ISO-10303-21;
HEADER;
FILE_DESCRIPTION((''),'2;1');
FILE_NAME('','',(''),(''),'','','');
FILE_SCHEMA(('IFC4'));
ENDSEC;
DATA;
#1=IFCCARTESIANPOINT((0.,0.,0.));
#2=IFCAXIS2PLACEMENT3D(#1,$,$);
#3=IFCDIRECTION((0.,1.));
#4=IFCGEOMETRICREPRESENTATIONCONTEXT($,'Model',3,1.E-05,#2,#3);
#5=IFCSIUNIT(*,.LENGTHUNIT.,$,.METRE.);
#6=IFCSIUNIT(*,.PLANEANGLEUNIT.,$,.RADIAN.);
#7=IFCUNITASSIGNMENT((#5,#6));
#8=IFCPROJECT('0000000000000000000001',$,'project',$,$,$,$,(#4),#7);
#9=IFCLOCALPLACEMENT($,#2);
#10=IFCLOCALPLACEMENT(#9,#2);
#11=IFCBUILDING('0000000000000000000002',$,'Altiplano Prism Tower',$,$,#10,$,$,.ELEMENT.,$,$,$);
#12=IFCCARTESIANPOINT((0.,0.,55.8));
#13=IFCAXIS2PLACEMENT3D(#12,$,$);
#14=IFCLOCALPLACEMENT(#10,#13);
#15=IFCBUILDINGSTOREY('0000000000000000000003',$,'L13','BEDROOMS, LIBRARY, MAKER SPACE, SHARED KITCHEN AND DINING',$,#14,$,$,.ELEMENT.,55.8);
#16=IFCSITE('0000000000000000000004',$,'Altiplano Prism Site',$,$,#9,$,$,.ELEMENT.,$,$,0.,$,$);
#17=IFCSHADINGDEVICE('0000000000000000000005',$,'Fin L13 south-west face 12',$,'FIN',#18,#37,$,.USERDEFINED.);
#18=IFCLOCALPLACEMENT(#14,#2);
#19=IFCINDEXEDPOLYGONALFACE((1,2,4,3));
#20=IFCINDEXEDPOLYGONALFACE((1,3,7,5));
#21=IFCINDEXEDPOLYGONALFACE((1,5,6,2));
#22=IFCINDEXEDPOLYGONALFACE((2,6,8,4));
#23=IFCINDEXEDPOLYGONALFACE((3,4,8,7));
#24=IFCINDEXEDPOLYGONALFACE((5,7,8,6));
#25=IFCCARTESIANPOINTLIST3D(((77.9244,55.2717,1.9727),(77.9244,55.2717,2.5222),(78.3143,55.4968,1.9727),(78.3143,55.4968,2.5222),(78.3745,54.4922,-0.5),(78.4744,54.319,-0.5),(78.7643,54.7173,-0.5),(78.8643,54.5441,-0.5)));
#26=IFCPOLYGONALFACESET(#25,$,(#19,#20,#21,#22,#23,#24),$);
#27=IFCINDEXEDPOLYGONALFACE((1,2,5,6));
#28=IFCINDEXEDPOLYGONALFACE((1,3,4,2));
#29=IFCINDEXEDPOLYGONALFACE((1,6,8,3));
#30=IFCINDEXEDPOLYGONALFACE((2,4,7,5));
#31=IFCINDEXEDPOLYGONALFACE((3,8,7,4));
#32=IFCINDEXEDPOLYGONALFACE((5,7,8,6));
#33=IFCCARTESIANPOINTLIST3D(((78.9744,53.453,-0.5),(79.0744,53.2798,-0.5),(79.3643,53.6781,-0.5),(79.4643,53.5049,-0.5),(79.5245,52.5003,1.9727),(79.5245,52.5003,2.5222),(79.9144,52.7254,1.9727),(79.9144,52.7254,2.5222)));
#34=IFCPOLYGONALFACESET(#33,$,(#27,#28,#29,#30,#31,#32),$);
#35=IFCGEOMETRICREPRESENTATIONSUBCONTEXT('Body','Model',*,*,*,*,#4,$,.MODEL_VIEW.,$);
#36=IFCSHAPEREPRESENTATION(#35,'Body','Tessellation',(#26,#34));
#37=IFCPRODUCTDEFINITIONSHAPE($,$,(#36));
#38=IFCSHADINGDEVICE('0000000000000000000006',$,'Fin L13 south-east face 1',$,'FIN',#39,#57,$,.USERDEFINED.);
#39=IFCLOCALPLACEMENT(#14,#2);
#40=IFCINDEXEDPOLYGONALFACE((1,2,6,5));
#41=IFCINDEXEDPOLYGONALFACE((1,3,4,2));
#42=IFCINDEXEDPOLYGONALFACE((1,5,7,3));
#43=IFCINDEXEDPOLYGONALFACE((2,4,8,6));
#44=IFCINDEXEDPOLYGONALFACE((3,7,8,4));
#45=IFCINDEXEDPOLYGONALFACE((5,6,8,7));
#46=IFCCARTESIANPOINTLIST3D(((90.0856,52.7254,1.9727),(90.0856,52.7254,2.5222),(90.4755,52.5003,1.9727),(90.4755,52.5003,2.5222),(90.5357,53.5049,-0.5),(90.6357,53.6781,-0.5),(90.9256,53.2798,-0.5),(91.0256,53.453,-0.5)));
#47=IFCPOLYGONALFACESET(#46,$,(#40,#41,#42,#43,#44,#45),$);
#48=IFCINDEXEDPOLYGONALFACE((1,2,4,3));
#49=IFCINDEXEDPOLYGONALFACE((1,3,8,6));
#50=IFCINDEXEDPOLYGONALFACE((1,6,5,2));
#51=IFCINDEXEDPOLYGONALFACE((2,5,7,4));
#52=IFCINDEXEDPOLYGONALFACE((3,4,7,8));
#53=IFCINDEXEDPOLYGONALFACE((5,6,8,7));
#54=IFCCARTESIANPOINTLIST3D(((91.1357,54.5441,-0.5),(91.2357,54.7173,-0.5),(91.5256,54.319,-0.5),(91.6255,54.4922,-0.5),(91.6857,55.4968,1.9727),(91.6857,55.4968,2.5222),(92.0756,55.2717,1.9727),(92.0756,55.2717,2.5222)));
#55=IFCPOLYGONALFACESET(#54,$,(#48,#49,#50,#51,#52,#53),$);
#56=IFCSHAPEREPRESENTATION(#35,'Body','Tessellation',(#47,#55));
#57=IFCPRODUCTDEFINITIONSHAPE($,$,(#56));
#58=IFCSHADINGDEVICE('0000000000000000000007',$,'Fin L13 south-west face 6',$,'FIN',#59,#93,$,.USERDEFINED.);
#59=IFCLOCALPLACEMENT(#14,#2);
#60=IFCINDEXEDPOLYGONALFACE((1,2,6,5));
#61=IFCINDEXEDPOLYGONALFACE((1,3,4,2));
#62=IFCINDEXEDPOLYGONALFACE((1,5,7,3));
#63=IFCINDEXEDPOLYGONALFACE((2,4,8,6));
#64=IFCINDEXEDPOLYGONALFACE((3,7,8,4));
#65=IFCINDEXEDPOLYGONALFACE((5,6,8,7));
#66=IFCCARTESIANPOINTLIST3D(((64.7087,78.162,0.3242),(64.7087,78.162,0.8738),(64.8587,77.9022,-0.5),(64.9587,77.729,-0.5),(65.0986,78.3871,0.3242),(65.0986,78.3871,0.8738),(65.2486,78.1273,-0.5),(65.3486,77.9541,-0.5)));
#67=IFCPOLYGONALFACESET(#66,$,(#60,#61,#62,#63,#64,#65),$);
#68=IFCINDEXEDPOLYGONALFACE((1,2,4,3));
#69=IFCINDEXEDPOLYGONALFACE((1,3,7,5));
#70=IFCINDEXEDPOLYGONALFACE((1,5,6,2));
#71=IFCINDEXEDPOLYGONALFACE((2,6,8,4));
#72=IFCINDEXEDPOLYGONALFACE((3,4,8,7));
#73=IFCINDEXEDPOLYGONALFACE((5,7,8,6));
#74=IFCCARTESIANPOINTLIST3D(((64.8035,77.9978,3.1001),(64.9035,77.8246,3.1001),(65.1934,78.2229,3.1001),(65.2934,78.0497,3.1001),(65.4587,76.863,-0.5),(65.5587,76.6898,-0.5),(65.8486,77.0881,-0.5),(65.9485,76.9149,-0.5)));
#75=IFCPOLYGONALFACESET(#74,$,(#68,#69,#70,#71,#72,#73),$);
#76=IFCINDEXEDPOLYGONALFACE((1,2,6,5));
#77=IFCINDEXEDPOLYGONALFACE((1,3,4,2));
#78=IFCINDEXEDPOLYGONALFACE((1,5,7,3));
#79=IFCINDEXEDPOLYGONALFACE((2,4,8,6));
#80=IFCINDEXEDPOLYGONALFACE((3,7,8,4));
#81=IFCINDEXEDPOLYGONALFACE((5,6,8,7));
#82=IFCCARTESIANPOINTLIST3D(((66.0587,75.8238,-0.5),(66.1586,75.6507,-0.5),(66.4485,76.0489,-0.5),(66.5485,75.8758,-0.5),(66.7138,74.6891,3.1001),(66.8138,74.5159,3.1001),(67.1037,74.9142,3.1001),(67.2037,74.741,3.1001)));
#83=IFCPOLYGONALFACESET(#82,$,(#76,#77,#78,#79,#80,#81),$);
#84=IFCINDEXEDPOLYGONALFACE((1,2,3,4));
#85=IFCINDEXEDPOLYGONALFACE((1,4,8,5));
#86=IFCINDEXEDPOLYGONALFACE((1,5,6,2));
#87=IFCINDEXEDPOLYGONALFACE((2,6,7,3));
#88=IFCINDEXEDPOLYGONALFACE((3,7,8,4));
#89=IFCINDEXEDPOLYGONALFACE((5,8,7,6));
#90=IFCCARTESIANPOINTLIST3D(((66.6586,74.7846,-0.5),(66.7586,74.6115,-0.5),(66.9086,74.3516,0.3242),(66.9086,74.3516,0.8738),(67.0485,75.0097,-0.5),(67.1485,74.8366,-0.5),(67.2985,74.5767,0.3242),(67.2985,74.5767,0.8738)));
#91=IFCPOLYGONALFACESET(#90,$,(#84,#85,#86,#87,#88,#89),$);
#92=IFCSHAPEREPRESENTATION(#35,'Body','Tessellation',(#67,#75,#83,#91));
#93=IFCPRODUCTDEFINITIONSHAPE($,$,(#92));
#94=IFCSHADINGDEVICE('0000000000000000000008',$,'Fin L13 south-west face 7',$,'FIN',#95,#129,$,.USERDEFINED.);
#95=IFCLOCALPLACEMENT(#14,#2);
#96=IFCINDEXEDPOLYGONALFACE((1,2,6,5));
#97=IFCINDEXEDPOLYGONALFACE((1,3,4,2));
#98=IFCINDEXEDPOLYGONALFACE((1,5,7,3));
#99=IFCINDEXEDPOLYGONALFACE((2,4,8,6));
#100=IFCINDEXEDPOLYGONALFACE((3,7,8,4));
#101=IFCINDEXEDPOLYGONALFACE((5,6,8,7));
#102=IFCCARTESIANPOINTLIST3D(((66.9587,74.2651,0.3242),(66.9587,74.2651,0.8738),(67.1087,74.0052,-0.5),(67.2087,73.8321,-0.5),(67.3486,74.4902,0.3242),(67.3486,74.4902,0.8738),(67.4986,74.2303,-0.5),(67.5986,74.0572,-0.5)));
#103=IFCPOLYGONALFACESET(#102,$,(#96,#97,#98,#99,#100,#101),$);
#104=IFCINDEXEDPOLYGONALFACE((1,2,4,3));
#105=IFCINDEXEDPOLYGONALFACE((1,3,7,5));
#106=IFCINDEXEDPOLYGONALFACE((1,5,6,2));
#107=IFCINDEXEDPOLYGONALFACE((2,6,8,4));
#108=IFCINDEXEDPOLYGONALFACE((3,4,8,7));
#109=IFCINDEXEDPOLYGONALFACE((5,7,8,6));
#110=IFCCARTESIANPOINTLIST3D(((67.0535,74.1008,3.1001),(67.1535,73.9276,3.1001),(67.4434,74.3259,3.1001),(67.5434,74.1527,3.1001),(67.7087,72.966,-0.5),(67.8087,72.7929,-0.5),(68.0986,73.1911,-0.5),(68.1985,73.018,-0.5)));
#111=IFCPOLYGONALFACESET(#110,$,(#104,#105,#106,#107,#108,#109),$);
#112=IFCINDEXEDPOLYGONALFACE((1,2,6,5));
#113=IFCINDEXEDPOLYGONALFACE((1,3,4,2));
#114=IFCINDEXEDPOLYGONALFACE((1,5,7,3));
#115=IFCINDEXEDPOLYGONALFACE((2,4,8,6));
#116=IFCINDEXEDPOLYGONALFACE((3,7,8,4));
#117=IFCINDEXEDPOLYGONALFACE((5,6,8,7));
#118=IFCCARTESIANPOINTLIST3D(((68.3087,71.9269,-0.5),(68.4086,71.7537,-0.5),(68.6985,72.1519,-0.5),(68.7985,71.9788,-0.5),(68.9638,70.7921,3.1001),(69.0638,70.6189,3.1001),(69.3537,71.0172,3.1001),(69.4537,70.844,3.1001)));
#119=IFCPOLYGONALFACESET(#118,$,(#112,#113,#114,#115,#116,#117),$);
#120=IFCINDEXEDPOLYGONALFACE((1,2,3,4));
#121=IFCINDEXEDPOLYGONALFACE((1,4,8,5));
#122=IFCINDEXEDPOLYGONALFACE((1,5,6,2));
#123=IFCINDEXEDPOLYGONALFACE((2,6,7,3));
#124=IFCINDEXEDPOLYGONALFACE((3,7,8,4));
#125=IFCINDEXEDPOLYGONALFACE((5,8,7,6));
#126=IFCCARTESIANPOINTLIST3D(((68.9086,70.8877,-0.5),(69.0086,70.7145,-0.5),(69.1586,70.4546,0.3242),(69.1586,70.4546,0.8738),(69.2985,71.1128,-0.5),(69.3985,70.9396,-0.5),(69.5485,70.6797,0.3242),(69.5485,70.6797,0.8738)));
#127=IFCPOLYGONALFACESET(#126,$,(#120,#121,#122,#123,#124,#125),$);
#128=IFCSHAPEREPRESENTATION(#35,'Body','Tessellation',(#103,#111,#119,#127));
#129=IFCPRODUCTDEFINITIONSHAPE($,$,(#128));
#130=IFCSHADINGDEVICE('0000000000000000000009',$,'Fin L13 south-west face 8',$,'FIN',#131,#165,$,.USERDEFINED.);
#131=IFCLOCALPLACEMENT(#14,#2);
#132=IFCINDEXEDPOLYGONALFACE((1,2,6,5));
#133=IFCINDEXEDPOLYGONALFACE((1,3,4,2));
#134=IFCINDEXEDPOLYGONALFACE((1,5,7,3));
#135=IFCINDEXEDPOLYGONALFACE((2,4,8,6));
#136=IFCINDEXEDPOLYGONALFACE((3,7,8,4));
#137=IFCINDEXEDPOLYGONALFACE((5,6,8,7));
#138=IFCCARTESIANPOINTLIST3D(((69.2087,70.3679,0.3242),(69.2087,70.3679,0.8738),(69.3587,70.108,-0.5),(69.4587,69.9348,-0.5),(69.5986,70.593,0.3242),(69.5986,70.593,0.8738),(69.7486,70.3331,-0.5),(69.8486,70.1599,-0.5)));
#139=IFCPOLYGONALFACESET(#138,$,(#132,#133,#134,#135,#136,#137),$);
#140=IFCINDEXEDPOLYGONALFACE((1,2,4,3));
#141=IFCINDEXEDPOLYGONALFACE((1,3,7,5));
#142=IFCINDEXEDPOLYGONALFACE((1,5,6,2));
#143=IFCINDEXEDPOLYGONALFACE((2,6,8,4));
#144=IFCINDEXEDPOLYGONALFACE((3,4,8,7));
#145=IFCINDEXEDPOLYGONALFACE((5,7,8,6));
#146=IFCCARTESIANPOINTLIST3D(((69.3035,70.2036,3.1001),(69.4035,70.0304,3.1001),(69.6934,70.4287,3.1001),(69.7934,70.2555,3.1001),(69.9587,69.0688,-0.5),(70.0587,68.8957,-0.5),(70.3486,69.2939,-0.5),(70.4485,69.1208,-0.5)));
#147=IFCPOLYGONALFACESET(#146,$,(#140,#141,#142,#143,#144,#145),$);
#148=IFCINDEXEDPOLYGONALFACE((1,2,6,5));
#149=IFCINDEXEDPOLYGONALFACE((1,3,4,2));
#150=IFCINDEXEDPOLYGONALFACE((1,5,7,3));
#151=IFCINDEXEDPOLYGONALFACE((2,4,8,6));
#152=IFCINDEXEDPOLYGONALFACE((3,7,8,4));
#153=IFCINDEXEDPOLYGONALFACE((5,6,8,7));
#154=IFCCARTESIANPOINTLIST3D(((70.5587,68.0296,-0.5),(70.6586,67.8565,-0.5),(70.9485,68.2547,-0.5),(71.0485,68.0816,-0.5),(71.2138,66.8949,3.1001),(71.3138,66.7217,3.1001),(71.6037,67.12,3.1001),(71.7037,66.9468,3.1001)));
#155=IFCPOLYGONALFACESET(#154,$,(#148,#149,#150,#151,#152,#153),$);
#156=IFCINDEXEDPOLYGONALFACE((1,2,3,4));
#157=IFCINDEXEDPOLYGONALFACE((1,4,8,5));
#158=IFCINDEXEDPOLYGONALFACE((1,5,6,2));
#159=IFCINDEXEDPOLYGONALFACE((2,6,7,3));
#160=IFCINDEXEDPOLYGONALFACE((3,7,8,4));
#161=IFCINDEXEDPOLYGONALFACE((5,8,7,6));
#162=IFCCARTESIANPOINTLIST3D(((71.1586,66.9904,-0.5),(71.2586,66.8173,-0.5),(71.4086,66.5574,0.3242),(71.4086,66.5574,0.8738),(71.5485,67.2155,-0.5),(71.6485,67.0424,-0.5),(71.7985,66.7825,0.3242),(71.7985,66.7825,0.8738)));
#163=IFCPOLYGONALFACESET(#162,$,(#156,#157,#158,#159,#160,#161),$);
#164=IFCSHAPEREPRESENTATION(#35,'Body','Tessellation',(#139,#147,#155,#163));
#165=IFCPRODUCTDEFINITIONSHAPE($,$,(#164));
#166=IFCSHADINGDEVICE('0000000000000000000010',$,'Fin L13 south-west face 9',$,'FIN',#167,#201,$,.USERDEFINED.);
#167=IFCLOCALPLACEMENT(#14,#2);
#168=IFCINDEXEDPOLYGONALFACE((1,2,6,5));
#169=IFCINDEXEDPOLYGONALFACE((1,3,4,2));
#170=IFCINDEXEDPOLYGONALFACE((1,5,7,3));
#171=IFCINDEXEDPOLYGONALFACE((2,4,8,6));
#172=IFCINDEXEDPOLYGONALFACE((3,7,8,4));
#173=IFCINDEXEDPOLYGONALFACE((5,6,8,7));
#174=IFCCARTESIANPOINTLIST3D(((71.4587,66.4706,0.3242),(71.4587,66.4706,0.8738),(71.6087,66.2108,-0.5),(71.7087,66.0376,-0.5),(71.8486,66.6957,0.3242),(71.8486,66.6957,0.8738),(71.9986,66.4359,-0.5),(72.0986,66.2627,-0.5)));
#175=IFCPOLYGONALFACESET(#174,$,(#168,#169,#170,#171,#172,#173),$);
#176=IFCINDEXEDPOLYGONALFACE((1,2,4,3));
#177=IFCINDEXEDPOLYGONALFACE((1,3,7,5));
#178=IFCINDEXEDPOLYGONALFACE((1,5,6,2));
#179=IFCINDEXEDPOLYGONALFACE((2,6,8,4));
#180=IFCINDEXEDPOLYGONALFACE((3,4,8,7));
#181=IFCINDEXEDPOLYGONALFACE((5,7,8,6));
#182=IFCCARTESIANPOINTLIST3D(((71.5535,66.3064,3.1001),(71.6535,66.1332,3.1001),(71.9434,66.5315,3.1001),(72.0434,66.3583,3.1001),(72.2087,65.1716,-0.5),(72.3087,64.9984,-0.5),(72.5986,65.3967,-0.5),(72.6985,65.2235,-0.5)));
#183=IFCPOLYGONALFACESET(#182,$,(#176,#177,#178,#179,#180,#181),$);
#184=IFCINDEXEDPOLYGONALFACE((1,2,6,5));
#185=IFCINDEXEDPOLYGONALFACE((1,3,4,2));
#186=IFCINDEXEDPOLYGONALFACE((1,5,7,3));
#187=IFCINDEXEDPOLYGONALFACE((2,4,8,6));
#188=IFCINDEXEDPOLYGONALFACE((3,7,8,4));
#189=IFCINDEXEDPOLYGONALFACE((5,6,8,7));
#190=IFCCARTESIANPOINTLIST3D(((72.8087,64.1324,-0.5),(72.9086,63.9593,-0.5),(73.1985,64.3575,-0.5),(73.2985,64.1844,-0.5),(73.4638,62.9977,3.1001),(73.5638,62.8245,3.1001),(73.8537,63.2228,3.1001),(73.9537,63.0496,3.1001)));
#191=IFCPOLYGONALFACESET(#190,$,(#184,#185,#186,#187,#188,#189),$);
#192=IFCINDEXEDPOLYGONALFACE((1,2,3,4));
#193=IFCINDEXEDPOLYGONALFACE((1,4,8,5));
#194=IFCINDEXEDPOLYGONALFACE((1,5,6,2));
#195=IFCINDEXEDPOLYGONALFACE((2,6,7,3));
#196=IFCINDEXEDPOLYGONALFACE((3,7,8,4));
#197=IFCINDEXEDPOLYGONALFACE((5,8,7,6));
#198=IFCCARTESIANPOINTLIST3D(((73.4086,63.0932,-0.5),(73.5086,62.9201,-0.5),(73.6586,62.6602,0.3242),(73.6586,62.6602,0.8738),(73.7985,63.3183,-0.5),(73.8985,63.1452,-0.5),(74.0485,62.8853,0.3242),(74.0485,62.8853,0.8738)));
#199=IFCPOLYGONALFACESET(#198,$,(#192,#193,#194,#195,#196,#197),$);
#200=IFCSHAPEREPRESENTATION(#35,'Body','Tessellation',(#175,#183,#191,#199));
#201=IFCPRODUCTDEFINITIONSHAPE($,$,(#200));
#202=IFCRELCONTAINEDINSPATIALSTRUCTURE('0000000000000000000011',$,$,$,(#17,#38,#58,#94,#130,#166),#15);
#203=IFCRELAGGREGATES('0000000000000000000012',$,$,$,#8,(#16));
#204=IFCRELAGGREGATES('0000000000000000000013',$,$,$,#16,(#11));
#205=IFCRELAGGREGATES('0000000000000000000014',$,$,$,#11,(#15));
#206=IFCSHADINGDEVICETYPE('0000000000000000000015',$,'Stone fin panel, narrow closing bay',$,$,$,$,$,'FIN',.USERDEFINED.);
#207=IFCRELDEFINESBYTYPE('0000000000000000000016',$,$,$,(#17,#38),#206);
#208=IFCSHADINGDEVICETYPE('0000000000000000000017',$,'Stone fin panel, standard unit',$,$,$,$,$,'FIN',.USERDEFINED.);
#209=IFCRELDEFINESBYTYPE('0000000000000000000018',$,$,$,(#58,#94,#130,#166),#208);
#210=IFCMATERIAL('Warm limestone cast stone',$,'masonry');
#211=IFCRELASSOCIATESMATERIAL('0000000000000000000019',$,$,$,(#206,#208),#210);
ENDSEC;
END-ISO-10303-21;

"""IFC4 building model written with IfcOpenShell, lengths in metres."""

from ifc_helpers import new_model, si_unit, direction, frame, origin, place, context, subcontext, project, spatial, polyline, outline, extrude, source, transform, mapped, material, type_object, element, save


model = new_model("IFC4")

# Units and contexts
model_context = context("Model", 3, precision=1e-05, world=origin(), true_north=direction((0.0, 1.0)))
body_context = subcontext(model_context, "Body", "Model", "MODEL_VIEW")
ifc_project = project(units=[si_unit("LENGTHUNIT", "METRE"), si_unit("PLANEANGLEUNIT", "RADIAN")], contexts=[model_context])

# Site, building, storey
site_placement = place(None, origin())
site = spatial("IfcSite", under=ifc_project, at=site_placement, Name="Altiplano Prism Site", CompositionType="ELEMENT", RefElevation=0.0)
building_placement = place(site_placement, origin())
building = spatial("IfcBuilding", under=site, at=building_placement, Name="Altiplano Prism Tower", CompositionType="ELEMENT")
storey_placement = place(building_placement, frame((0.0, 0.0, 55.8)))
storey = spatial("IfcBuildingStorey", under=building, at=storey_placement, Name="L13", Description="BEDROOMS, LIBRARY, MAKER SPACE, SHARED KITCHEN AND DINING", CompositionType="ELEMENT", Elevation=55.8)

# Shading devices
ifc_material_1 = material(Name="Warm limestone cast stone", Category="masonry")
shading_device_type_1 = type_object("IfcShadingDeviceType", Name="Stone fin panel, narrow closing bay", ElementType="FIN", PredefinedType="USERDEFINED", material=ifc_material_1)
shared_shape_1 = source(origin(), body_context, "Body", "SweptSolid", [
    extrude(outline(polyline([(-1.6001, 3.0222), (-1.6001, 2.4727), (-0.7, 0.0), (-0.5, 0.0), (-1.6001, 3.0222)])), frame((0.0, -0.1499, 0.0), z_axis=(0.0, -1.0, 0.0), x_axis=(1.0, 0.0, 0.0)), (0.0, 0.0, 1.0), 0.4502),
    extrude(outline(polyline([(1.6001, 2.4727), (1.6001, 3.0222), (0.5, 0.0), (0.7, 0.0), (1.6001, 2.4727)])), frame((0.0, -0.1499, 0.0), z_axis=(0.0, -1.0, 0.0), x_axis=(1.0, 0.0, 0.0)), (0.0, 0.0, 1.0), 0.4502),
])
shading_device_1_placement = place(storey_placement, origin())
element("IfcShadingDevice", 1, at=shading_device_1_placement, inside=storey, type_object=shading_device_type_1, Name="Fin L13 south-west face 12", ObjectType="FIN", PredefinedType="USERDEFINED", context=body_context, shape_type="MappedRepresentation", body=[
    mapped(shared_shape_1, transform((79.2441, 54.186, -0.5), x_axis=(0.5, -0.866025, 0.0), y_axis=(0.866025, 0.5, 0.0), z_axis=(0.0, 0.0, 1.0))),
])
shading_device_2_placement = place(storey_placement, origin())
element("IfcShadingDevice", 2, at=shading_device_2_placement, inside=storey, type_object=shading_device_type_1, Name="Fin L13 south-east face 1", ObjectType="FIN", PredefinedType="USERDEFINED", context=body_context, shape_type="MappedRepresentation", body=[
    mapped(shared_shape_1, transform((90.7559, 54.186, -0.5), x_axis=(0.5, 0.866025, 0.0), y_axis=(-0.866025, 0.5, 0.0), z_axis=(0.0, 0.0, 1.0))),
])
shading_device_type_2 = type_object("IfcShadingDeviceType", Name="Stone fin panel, standard unit", ElementType="FIN", PredefinedType="USERDEFINED", material=ifc_material_1)
shared_shape_2 = source(origin(), body_context, "Body", "SweptSolid", [
    extrude(outline(polyline([(-2.2, 1.3738), (-2.2, 0.8242), (-1.8999, 0.0), (-1.7, 0.0), (-2.2, 1.3738)])), frame((0.0, -0.1499, 0.0), z_axis=(0.0, -1.0, 0.0), x_axis=(1.0, 0.0, 0.0)), (0.0, 0.0, 1.0), 0.4502),
    extrude(outline(polyline([(-2.0103, 3.6001), (-0.7, 0.0), (-0.5, 0.0), (-1.8103, 3.6001), (-2.0103, 3.6001)])), frame((0.0, -0.1499, 0.0), z_axis=(0.0, -1.0, 0.0), x_axis=(1.0, 0.0, 0.0)), (0.0, 0.0, 1.0), 0.4502),
    extrude(outline(polyline([(1.8103, 3.6001), (0.5, 0.0), (0.7, 0.0), (2.0103, 3.6001), (1.8103, 3.6001)])), frame((0.0, -0.1499, 0.0), z_axis=(0.0, -1.0, 0.0), x_axis=(1.0, 0.0, 0.0)), (0.0, 0.0, 1.0), 0.4502),
    extrude(outline(polyline([(2.2, 0.8242), (2.2, 1.3738), (1.7, 0.0), (1.8999, 0.0), (2.2, 0.8242)])), frame((0.0, -0.1499, 0.0), z_axis=(0.0, -1.0, 0.0), x_axis=(1.0, 0.0, 0.0)), (0.0, 0.0, 1.0), 0.4502),
])
shading_device_3_placement = place(storey_placement, origin())
element("IfcShadingDevice", 3, at=shading_device_3_placement, inside=storey, type_object=shading_device_type_2, Name="Fin L13 south-west face 6", ObjectType="FIN", PredefinedType="USERDEFINED", context=body_context, shape_type="MappedRepresentation", body=[
    mapped(shared_shape_2, transform((66.3284, 76.5569, -0.5), x_axis=(0.5, -0.866025, 0.0), y_axis=(0.866025, 0.5, 0.0), z_axis=(0.0, 0.0, 1.0))),
])
shading_device_4_placement = place(storey_placement, origin())
element("IfcShadingDevice", 4, at=shading_device_4_placement, inside=storey, type_object=shading_device_type_2, Name="Fin L13 south-west face 7", ObjectType="FIN", PredefinedType="USERDEFINED", context=body_context, shape_type="MappedRepresentation", body=[
    mapped(shared_shape_2, transform((68.5784, 72.6599, -0.5), x_axis=(0.5, -0.866025, 0.0), y_axis=(0.866025, 0.5, 0.0), z_axis=(0.0, 0.0, 1.0))),
])
shading_device_5_placement = place(storey_placement, origin())
element("IfcShadingDevice", 5, at=shading_device_5_placement, inside=storey, type_object=shading_device_type_2, Name="Fin L13 south-west face 8", ObjectType="FIN", PredefinedType="USERDEFINED", context=body_context, shape_type="MappedRepresentation", body=[
    mapped(shared_shape_2, transform((70.8284, 68.7627, -0.5), x_axis=(0.5, -0.866025, 0.0), y_axis=(0.866025, 0.5, 0.0), z_axis=(0.0, 0.0, 1.0))),
])
shading_device_6_placement = place(storey_placement, origin())
element("IfcShadingDevice", 6, at=shading_device_6_placement, inside=storey, type_object=shading_device_type_2, Name="Fin L13 south-west face 9", ObjectType="FIN", PredefinedType="USERDEFINED", context=body_context, shape_type="MappedRepresentation", body=[
    mapped(shared_shape_2, transform((73.0784, 64.8655, -0.5), x_axis=(0.5, -0.866025, 0.0), y_axis=(0.866025, 0.5, 0.0), z_axis=(0.0, 0.0, 1.0))),
])

save(model, "model.ifc")
